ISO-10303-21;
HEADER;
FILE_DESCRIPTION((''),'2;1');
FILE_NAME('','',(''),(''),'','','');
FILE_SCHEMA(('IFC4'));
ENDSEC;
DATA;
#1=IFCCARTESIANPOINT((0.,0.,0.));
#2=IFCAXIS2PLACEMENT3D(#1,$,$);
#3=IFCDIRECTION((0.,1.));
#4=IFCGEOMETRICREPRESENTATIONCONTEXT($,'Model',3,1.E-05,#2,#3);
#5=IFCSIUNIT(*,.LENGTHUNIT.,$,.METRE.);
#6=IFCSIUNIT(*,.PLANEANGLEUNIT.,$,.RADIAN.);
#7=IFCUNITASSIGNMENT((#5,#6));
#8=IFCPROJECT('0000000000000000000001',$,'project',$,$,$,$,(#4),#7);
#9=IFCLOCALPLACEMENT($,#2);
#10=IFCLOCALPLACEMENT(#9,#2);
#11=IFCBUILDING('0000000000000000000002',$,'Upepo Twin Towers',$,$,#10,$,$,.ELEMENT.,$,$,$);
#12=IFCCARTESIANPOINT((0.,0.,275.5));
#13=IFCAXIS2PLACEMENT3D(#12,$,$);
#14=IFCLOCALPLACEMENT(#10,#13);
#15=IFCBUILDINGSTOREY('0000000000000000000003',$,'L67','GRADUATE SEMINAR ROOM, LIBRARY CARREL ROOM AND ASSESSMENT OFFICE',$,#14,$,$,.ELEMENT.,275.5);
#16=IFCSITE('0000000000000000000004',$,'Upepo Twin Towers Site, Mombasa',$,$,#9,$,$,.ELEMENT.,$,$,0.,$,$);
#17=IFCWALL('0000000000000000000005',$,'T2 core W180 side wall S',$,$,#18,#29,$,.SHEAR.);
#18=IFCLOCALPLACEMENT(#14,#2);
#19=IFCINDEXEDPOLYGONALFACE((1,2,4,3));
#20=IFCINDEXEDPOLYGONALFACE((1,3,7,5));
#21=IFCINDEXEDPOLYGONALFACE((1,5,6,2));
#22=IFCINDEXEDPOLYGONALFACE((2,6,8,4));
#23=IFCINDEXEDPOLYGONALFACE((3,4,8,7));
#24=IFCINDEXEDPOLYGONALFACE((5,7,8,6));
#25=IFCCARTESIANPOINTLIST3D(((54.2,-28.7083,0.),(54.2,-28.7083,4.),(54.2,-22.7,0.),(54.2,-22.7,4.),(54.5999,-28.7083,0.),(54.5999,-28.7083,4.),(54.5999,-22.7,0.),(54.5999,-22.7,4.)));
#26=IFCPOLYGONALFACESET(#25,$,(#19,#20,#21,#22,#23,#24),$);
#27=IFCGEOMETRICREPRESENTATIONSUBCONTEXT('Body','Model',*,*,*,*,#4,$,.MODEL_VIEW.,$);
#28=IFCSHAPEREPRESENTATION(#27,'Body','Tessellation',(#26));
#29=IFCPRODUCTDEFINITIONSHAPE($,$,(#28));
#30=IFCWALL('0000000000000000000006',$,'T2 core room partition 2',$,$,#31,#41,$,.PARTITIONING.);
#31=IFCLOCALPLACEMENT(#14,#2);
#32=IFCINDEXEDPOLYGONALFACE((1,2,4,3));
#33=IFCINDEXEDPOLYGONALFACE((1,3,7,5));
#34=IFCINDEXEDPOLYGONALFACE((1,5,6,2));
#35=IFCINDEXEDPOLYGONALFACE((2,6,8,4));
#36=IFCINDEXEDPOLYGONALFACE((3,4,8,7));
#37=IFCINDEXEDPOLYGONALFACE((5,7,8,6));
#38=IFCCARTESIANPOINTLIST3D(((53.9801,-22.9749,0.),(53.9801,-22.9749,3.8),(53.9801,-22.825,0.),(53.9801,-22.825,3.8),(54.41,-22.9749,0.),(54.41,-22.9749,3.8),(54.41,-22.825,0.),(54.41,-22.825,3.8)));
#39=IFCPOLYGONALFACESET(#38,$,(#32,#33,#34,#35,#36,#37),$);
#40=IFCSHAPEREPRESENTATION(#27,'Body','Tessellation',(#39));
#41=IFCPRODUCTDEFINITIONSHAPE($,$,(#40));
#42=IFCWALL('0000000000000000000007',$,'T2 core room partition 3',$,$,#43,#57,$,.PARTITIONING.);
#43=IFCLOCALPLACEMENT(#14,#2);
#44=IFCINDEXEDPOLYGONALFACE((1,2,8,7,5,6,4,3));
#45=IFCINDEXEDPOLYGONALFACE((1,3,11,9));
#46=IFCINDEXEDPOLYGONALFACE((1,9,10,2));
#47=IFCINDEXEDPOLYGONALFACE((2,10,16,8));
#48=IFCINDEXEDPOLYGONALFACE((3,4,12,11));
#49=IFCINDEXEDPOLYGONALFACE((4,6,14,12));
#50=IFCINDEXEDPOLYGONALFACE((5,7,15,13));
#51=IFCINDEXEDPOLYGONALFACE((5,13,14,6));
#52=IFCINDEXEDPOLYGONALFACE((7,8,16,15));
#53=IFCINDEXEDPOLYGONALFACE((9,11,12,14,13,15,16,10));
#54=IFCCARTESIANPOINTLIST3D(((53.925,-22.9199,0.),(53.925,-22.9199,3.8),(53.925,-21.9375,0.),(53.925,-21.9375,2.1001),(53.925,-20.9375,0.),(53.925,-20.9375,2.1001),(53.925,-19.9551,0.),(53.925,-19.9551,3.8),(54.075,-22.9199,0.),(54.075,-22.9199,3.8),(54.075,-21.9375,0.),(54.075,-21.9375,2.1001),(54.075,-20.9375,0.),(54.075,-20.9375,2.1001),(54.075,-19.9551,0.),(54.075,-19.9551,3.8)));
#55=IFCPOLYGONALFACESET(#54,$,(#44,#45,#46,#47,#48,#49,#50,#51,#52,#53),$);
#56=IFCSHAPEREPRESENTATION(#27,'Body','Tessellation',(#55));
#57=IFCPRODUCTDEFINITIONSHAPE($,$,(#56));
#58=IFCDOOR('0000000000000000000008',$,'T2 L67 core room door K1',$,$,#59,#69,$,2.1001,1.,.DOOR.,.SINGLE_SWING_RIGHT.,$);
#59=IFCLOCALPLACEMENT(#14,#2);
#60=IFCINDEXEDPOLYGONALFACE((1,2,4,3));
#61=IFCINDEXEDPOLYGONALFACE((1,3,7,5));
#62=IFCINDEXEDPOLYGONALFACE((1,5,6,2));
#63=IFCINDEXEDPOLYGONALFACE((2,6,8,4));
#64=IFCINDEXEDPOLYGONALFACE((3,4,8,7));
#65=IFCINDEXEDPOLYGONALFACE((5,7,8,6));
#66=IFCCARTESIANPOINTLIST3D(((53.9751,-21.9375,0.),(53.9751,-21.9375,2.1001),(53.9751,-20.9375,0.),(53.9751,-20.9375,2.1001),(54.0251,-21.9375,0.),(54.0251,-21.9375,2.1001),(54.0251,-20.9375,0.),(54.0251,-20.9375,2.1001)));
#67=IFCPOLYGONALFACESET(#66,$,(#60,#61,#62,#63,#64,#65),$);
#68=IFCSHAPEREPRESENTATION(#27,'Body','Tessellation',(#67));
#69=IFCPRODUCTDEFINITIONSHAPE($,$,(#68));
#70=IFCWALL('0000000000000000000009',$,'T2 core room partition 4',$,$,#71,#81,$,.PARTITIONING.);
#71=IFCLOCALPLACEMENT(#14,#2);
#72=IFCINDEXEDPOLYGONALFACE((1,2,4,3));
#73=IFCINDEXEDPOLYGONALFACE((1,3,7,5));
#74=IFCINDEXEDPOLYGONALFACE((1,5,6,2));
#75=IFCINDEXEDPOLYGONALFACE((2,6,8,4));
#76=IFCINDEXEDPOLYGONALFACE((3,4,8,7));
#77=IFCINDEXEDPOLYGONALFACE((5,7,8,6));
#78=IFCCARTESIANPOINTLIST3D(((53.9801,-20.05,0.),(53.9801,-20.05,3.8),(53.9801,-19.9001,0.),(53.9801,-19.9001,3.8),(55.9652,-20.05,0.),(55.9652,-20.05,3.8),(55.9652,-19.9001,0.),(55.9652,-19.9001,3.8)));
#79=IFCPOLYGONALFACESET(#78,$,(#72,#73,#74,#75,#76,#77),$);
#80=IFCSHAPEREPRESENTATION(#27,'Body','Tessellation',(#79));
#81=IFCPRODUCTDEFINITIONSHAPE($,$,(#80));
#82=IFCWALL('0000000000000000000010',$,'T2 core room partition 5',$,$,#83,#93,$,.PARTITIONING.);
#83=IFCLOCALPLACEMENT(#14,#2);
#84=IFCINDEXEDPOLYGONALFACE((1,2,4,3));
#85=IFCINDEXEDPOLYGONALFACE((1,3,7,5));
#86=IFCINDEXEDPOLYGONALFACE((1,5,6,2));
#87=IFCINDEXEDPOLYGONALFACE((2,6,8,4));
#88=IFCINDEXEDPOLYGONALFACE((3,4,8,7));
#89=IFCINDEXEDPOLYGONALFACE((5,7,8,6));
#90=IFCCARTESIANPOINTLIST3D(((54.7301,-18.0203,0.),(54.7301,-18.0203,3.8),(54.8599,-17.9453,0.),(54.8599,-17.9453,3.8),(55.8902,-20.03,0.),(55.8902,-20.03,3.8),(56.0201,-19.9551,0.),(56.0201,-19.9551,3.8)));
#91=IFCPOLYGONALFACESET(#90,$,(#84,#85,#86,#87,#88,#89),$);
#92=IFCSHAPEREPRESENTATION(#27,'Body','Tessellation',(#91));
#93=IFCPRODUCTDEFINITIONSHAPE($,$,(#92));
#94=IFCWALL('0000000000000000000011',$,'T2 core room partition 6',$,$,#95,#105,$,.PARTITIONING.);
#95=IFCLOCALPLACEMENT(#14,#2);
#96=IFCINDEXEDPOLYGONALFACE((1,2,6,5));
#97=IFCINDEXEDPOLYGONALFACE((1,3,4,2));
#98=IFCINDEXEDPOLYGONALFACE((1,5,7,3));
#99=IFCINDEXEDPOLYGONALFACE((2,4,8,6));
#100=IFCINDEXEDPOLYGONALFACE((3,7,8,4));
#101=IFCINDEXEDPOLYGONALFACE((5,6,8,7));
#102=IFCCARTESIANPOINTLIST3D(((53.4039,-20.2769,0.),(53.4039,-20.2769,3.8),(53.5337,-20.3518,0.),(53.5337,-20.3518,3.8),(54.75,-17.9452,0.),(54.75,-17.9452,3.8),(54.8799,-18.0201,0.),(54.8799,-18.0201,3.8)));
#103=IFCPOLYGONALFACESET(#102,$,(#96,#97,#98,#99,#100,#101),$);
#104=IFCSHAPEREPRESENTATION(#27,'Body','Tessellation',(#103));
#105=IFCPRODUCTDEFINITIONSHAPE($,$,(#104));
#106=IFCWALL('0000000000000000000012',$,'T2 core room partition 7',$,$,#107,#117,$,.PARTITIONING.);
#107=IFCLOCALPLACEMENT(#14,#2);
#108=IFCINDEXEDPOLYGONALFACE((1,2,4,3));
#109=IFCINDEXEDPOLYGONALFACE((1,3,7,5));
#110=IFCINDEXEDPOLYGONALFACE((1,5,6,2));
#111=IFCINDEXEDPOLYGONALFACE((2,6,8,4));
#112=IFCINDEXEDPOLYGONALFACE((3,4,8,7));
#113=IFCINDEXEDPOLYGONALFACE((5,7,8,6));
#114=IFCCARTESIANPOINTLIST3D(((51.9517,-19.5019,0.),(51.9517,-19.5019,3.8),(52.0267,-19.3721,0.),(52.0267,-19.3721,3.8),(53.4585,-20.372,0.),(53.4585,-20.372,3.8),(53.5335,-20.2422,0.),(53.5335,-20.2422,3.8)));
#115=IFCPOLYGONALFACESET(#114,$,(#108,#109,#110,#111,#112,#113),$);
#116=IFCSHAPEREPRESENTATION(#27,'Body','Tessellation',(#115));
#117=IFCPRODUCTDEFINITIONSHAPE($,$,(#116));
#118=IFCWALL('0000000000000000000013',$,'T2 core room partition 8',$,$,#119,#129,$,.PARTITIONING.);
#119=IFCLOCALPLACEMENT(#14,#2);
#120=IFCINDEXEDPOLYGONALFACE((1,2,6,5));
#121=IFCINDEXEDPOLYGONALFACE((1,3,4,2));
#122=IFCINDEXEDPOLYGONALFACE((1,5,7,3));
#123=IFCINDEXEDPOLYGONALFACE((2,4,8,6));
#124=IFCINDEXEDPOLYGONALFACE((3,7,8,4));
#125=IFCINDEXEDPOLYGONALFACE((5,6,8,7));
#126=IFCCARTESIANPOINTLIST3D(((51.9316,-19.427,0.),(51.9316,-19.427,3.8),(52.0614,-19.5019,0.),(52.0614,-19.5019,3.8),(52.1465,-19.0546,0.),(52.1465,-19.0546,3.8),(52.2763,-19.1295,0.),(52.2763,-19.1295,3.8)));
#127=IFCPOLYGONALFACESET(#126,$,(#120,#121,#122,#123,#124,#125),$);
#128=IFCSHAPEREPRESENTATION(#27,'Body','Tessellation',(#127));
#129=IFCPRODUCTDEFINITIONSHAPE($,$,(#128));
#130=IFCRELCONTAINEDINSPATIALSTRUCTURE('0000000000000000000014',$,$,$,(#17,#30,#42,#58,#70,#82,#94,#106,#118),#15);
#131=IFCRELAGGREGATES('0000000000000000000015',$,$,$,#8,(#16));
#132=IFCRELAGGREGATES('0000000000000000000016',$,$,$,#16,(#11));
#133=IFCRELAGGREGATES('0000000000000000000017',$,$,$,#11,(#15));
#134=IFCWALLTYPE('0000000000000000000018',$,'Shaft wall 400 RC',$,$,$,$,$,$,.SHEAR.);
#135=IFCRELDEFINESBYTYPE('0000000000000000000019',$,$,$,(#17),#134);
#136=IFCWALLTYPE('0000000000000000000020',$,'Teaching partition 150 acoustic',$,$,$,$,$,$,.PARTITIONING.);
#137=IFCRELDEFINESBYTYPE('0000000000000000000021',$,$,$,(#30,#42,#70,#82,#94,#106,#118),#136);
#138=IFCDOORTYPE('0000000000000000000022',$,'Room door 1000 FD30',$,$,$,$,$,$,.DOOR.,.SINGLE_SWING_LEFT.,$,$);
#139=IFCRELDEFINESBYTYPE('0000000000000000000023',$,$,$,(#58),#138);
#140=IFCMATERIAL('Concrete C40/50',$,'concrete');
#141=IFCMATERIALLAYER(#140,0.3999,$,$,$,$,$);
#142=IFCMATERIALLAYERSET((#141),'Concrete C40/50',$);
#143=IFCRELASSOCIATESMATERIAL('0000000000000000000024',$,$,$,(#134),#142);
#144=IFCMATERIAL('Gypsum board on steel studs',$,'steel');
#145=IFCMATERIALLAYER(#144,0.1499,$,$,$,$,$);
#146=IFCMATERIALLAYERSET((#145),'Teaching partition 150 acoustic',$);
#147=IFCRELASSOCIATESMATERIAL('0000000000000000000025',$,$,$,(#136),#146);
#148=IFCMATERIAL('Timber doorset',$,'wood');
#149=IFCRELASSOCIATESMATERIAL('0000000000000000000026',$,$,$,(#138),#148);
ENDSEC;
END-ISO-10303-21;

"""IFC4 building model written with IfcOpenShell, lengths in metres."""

from ifc_helpers import new_model, si_unit, direction, frame, frame_2d, origin, place, context, subcontext, project, spatial, rectangle, extrude, material, layer, layer_set, type_object, element, fill, save


model = new_model("IFC4")

# Units and contexts
model_context = context("Model", 3, precision=1e-05, world=origin(), true_north=direction((0.0, 1.0)))
body_context = subcontext(model_context, "Body", "Model", "MODEL_VIEW")
ifc_project = project(units=[si_unit("LENGTHUNIT", "METRE"), si_unit("PLANEANGLEUNIT", "RADIAN")], contexts=[model_context])

# Site, building, storey
site_placement = place(None, origin())
site = spatial("IfcSite", under=ifc_project, at=site_placement, Name="Upepo Twin Towers Site, Mombasa", CompositionType="ELEMENT", RefElevation=0.0)
building_placement = place(site_placement, origin())
building = spatial("IfcBuilding", under=site, at=building_placement, Name="Upepo Twin Towers", CompositionType="ELEMENT")
storey_placement = place(building_placement, frame((0.0, 0.0, 275.5)))
storey = spatial("IfcBuildingStorey", under=building, at=storey_placement, Name="L67", Description="GRADUATE SEMINAR ROOM, LIBRARY CARREL ROOM AND ASSESSMENT OFFICE", CompositionType="ELEMENT", Elevation=275.5)

# Walls
ifc_material_1 = material(Name="Concrete C40/50", Category="concrete")
ifc_layer_1 = layer(ifc_material_1, 0.3999)
ifc_layer_set_1 = layer_set([ifc_layer_1], Name="Concrete C40/50")
wall_type_1 = type_object("IfcWallType", Name="Shaft wall 400 RC", PredefinedType="SHEAR", material=ifc_layer_set_1)
for number, where, z_axis, x_axis, name in (
    (1, (54.3999, -22.7, 0.0), (0.0, 0.0, 1.0), (0.0, -1.0, 0.0), "T2 core W180 side wall S"),
):
    element("IfcWall", number, at=place(storey_placement, frame(where, z_axis=z_axis, x_axis=x_axis)), inside=storey, type_object=wall_type_1, Name=name, PredefinedType="SHEAR", context=body_context, shape_type="SweptSolid", body=[
        extrude(rectangle(XDim=6.0083, YDim=0.3999, at=frame_2d((3.0042, 0.0))), origin(), (0.0, 0.0, 1.0), 4.0),
    ])
ifc_material_2 = material(Name="Gypsum board on steel studs", Category="steel")
ifc_layer_2 = layer(ifc_material_2, 0.1499)
ifc_layer_set_2 = layer_set([ifc_layer_2], Name="Teaching partition 150 acoustic")
wall_type_2 = type_object("IfcWallType", Name="Teaching partition 150 acoustic", PredefinedType="PARTITIONING", material=ifc_layer_set_2)
wall_1_placement = place(storey_placement, frame((54.4099, -22.8999, 0.0), z_axis=(0.0, 0.0, 1.0), x_axis=(-1.0, 0.0, 0.0)))
element("IfcWall", 2, at=wall_1_placement, inside=storey, type_object=wall_type_2, Name="T2 core room partition 2", PredefinedType="PARTITIONING", context=body_context, shape_type="SweptSolid", body=[
    extrude(rectangle(XDim=0.4299, YDim=0.1499, at=frame_2d((0.2148, 0.0))), origin(), (0.0, 0.0, 1.0), 3.8),
])

# Wall, opening, door
wall_2_placement = place(storey_placement, frame((54.0, -22.9199, 0.0), z_axis=(0.0, 0.0, 1.0), x_axis=(0.0, 1.0, 0.0)))
wall_2 = element("IfcWall", 3, at=wall_2_placement, inside=storey, type_object=wall_type_2, Name="T2 core room partition 3", PredefinedType="PARTITIONING", context=body_context, shape_type="SweptSolid", body=[
    extrude(rectangle(XDim=2.9648, YDim=0.1499, at=frame_2d((1.4824, 0.0))), origin(), (0.0, 0.0, 1.0), 3.8),
])
opening_1_placement = place(wall_2_placement, frame((0.9824, 0.0, 0.0)))
opening_1 = element("IfcOpeningElement", 4, at=opening_1_placement, cuts=wall_2, PredefinedType="OPENING", context=body_context, shape_type="SweptSolid", body=[
    extrude(rectangle(XDim=1.0, YDim=2.1001, at=frame_2d((0.5, 1.05))), frame((0.0, 0.085, 0.0), z_axis=(0.0, -1.0, 0.0), x_axis=(1.0, 0.0, 0.0)), (0.0, 0.0, 1.0), 0.1699),
])
ifc_material_3 = material(Name="Timber doorset", Category="wood")
door_type_1 = type_object("IfcDoorType", Name="Room door 1000 FD30", OperationType="SINGLE_SWING_LEFT", PredefinedType="DOOR", material=ifc_material_3)
door_1_placement = place(opening_1_placement, origin())
door_1 = element("IfcDoor", 5, at=door_1_placement, inside=storey, type_object=door_type_1, Name="T2 L67 core room door K1", OperationType="SINGLE_SWING_RIGHT", OverallHeight=2.1001, OverallWidth=1.0, PredefinedType="DOOR", context=body_context, shape_type="SweptSolid", body=[
    extrude(rectangle(XDim=1.0, YDim=2.1001, at=frame_2d((0.5, 1.05))), frame((0.0, 0.0249, 0.0), z_axis=(0.0, -1.0, 0.0), x_axis=(1.0, 0.0, 0.0)), (0.0, 0.0, 1.0), 0.05),
])
fill(opening_1, door_1)

# Walls
wall_3_placement = place(storey_placement, frame((53.98, -19.9751, 0.0), z_axis=(0.0, 0.0, 1.0), x_axis=(1.0, 0.0, 0.0)))
element("IfcWall", 6, at=wall_3_placement, inside=storey, type_object=wall_type_2, Name="T2 core room partition 4", PredefinedType="PARTITIONING", context=body_context, shape_type="SweptSolid", body=[
    extrude(rectangle(XDim=1.9851, YDim=0.1499, at=frame_2d((0.9927, 0.0))), origin(), (0.0, 0.0, 1.0), 3.8),
])
wall_4_placement = place(storey_placement, frame((55.9551, -19.9924, 0.0), z_axis=(0.0, 0.0, 1.0), x_axis=(-0.499941, 0.866059, 0.0)))
element("IfcWall", 7, at=wall_4_placement, inside=storey, type_object=wall_type_2, Name="T2 core room partition 5", PredefinedType="PARTITIONING", context=body_context, shape_type="SweptSolid", body=[
    extrude(rectangle(XDim=2.3206, YDim=0.1499, at=frame_2d((1.1602, 0.0))), origin(), (0.0, 0.0, 1.0), 3.8),
])
wall_5_placement = place(storey_placement, frame((54.8149, -17.9827, 0.0), z_axis=(0.0, 0.0, 1.0), x_axis=(-0.499981, -0.866036, 0.0)))
element("IfcWall", 8, at=wall_5_placement, inside=storey, type_object=wall_type_2, Name="T2 core room partition 6", PredefinedType="PARTITIONING", context=body_context, shape_type="SweptSolid", body=[
    extrude(rectangle(XDim=2.6924, YDim=0.1499, at=frame_2d((1.3462, 0.0))), origin(), (0.0, 0.0, 1.0), 3.8),
])
wall_6_placement = place(storey_placement, frame((53.4961, -20.3071, 0.0), z_axis=(0.0, 0.0, 1.0), x_axis=(-0.865989, 0.500063, 0.0)))
element("IfcWall", 9, at=wall_6_placement, inside=storey, type_object=wall_type_2, Name="T2 core room partition 7", PredefinedType="PARTITIONING", context=body_context, shape_type="SweptSolid", body=[
    extrude(rectangle(XDim=1.74, YDim=0.1499, at=frame_2d((0.8701, 0.0))), origin(), (0.0, 0.0, 1.0), 3.8),
])
wall_7_placement = place(storey_placement, frame((51.9966, -19.4644, 0.0), z_axis=(0.0, 0.0, 1.0), x_axis=(0.499804, 0.866138, 0.0)))
element("IfcWall", 10, at=wall_7_placement, inside=storey, type_object=wall_type_2, Name="T2 core room partition 8", PredefinedType="PARTITIONING", context=body_context, shape_type="SweptSolid", body=[
    extrude(rectangle(XDim=0.4299, YDim=0.1499, at=frame_2d((0.2148, 0.0))), origin(), (0.0, 0.0, 1.0), 3.8),
])

save(model, "model.ifc")
